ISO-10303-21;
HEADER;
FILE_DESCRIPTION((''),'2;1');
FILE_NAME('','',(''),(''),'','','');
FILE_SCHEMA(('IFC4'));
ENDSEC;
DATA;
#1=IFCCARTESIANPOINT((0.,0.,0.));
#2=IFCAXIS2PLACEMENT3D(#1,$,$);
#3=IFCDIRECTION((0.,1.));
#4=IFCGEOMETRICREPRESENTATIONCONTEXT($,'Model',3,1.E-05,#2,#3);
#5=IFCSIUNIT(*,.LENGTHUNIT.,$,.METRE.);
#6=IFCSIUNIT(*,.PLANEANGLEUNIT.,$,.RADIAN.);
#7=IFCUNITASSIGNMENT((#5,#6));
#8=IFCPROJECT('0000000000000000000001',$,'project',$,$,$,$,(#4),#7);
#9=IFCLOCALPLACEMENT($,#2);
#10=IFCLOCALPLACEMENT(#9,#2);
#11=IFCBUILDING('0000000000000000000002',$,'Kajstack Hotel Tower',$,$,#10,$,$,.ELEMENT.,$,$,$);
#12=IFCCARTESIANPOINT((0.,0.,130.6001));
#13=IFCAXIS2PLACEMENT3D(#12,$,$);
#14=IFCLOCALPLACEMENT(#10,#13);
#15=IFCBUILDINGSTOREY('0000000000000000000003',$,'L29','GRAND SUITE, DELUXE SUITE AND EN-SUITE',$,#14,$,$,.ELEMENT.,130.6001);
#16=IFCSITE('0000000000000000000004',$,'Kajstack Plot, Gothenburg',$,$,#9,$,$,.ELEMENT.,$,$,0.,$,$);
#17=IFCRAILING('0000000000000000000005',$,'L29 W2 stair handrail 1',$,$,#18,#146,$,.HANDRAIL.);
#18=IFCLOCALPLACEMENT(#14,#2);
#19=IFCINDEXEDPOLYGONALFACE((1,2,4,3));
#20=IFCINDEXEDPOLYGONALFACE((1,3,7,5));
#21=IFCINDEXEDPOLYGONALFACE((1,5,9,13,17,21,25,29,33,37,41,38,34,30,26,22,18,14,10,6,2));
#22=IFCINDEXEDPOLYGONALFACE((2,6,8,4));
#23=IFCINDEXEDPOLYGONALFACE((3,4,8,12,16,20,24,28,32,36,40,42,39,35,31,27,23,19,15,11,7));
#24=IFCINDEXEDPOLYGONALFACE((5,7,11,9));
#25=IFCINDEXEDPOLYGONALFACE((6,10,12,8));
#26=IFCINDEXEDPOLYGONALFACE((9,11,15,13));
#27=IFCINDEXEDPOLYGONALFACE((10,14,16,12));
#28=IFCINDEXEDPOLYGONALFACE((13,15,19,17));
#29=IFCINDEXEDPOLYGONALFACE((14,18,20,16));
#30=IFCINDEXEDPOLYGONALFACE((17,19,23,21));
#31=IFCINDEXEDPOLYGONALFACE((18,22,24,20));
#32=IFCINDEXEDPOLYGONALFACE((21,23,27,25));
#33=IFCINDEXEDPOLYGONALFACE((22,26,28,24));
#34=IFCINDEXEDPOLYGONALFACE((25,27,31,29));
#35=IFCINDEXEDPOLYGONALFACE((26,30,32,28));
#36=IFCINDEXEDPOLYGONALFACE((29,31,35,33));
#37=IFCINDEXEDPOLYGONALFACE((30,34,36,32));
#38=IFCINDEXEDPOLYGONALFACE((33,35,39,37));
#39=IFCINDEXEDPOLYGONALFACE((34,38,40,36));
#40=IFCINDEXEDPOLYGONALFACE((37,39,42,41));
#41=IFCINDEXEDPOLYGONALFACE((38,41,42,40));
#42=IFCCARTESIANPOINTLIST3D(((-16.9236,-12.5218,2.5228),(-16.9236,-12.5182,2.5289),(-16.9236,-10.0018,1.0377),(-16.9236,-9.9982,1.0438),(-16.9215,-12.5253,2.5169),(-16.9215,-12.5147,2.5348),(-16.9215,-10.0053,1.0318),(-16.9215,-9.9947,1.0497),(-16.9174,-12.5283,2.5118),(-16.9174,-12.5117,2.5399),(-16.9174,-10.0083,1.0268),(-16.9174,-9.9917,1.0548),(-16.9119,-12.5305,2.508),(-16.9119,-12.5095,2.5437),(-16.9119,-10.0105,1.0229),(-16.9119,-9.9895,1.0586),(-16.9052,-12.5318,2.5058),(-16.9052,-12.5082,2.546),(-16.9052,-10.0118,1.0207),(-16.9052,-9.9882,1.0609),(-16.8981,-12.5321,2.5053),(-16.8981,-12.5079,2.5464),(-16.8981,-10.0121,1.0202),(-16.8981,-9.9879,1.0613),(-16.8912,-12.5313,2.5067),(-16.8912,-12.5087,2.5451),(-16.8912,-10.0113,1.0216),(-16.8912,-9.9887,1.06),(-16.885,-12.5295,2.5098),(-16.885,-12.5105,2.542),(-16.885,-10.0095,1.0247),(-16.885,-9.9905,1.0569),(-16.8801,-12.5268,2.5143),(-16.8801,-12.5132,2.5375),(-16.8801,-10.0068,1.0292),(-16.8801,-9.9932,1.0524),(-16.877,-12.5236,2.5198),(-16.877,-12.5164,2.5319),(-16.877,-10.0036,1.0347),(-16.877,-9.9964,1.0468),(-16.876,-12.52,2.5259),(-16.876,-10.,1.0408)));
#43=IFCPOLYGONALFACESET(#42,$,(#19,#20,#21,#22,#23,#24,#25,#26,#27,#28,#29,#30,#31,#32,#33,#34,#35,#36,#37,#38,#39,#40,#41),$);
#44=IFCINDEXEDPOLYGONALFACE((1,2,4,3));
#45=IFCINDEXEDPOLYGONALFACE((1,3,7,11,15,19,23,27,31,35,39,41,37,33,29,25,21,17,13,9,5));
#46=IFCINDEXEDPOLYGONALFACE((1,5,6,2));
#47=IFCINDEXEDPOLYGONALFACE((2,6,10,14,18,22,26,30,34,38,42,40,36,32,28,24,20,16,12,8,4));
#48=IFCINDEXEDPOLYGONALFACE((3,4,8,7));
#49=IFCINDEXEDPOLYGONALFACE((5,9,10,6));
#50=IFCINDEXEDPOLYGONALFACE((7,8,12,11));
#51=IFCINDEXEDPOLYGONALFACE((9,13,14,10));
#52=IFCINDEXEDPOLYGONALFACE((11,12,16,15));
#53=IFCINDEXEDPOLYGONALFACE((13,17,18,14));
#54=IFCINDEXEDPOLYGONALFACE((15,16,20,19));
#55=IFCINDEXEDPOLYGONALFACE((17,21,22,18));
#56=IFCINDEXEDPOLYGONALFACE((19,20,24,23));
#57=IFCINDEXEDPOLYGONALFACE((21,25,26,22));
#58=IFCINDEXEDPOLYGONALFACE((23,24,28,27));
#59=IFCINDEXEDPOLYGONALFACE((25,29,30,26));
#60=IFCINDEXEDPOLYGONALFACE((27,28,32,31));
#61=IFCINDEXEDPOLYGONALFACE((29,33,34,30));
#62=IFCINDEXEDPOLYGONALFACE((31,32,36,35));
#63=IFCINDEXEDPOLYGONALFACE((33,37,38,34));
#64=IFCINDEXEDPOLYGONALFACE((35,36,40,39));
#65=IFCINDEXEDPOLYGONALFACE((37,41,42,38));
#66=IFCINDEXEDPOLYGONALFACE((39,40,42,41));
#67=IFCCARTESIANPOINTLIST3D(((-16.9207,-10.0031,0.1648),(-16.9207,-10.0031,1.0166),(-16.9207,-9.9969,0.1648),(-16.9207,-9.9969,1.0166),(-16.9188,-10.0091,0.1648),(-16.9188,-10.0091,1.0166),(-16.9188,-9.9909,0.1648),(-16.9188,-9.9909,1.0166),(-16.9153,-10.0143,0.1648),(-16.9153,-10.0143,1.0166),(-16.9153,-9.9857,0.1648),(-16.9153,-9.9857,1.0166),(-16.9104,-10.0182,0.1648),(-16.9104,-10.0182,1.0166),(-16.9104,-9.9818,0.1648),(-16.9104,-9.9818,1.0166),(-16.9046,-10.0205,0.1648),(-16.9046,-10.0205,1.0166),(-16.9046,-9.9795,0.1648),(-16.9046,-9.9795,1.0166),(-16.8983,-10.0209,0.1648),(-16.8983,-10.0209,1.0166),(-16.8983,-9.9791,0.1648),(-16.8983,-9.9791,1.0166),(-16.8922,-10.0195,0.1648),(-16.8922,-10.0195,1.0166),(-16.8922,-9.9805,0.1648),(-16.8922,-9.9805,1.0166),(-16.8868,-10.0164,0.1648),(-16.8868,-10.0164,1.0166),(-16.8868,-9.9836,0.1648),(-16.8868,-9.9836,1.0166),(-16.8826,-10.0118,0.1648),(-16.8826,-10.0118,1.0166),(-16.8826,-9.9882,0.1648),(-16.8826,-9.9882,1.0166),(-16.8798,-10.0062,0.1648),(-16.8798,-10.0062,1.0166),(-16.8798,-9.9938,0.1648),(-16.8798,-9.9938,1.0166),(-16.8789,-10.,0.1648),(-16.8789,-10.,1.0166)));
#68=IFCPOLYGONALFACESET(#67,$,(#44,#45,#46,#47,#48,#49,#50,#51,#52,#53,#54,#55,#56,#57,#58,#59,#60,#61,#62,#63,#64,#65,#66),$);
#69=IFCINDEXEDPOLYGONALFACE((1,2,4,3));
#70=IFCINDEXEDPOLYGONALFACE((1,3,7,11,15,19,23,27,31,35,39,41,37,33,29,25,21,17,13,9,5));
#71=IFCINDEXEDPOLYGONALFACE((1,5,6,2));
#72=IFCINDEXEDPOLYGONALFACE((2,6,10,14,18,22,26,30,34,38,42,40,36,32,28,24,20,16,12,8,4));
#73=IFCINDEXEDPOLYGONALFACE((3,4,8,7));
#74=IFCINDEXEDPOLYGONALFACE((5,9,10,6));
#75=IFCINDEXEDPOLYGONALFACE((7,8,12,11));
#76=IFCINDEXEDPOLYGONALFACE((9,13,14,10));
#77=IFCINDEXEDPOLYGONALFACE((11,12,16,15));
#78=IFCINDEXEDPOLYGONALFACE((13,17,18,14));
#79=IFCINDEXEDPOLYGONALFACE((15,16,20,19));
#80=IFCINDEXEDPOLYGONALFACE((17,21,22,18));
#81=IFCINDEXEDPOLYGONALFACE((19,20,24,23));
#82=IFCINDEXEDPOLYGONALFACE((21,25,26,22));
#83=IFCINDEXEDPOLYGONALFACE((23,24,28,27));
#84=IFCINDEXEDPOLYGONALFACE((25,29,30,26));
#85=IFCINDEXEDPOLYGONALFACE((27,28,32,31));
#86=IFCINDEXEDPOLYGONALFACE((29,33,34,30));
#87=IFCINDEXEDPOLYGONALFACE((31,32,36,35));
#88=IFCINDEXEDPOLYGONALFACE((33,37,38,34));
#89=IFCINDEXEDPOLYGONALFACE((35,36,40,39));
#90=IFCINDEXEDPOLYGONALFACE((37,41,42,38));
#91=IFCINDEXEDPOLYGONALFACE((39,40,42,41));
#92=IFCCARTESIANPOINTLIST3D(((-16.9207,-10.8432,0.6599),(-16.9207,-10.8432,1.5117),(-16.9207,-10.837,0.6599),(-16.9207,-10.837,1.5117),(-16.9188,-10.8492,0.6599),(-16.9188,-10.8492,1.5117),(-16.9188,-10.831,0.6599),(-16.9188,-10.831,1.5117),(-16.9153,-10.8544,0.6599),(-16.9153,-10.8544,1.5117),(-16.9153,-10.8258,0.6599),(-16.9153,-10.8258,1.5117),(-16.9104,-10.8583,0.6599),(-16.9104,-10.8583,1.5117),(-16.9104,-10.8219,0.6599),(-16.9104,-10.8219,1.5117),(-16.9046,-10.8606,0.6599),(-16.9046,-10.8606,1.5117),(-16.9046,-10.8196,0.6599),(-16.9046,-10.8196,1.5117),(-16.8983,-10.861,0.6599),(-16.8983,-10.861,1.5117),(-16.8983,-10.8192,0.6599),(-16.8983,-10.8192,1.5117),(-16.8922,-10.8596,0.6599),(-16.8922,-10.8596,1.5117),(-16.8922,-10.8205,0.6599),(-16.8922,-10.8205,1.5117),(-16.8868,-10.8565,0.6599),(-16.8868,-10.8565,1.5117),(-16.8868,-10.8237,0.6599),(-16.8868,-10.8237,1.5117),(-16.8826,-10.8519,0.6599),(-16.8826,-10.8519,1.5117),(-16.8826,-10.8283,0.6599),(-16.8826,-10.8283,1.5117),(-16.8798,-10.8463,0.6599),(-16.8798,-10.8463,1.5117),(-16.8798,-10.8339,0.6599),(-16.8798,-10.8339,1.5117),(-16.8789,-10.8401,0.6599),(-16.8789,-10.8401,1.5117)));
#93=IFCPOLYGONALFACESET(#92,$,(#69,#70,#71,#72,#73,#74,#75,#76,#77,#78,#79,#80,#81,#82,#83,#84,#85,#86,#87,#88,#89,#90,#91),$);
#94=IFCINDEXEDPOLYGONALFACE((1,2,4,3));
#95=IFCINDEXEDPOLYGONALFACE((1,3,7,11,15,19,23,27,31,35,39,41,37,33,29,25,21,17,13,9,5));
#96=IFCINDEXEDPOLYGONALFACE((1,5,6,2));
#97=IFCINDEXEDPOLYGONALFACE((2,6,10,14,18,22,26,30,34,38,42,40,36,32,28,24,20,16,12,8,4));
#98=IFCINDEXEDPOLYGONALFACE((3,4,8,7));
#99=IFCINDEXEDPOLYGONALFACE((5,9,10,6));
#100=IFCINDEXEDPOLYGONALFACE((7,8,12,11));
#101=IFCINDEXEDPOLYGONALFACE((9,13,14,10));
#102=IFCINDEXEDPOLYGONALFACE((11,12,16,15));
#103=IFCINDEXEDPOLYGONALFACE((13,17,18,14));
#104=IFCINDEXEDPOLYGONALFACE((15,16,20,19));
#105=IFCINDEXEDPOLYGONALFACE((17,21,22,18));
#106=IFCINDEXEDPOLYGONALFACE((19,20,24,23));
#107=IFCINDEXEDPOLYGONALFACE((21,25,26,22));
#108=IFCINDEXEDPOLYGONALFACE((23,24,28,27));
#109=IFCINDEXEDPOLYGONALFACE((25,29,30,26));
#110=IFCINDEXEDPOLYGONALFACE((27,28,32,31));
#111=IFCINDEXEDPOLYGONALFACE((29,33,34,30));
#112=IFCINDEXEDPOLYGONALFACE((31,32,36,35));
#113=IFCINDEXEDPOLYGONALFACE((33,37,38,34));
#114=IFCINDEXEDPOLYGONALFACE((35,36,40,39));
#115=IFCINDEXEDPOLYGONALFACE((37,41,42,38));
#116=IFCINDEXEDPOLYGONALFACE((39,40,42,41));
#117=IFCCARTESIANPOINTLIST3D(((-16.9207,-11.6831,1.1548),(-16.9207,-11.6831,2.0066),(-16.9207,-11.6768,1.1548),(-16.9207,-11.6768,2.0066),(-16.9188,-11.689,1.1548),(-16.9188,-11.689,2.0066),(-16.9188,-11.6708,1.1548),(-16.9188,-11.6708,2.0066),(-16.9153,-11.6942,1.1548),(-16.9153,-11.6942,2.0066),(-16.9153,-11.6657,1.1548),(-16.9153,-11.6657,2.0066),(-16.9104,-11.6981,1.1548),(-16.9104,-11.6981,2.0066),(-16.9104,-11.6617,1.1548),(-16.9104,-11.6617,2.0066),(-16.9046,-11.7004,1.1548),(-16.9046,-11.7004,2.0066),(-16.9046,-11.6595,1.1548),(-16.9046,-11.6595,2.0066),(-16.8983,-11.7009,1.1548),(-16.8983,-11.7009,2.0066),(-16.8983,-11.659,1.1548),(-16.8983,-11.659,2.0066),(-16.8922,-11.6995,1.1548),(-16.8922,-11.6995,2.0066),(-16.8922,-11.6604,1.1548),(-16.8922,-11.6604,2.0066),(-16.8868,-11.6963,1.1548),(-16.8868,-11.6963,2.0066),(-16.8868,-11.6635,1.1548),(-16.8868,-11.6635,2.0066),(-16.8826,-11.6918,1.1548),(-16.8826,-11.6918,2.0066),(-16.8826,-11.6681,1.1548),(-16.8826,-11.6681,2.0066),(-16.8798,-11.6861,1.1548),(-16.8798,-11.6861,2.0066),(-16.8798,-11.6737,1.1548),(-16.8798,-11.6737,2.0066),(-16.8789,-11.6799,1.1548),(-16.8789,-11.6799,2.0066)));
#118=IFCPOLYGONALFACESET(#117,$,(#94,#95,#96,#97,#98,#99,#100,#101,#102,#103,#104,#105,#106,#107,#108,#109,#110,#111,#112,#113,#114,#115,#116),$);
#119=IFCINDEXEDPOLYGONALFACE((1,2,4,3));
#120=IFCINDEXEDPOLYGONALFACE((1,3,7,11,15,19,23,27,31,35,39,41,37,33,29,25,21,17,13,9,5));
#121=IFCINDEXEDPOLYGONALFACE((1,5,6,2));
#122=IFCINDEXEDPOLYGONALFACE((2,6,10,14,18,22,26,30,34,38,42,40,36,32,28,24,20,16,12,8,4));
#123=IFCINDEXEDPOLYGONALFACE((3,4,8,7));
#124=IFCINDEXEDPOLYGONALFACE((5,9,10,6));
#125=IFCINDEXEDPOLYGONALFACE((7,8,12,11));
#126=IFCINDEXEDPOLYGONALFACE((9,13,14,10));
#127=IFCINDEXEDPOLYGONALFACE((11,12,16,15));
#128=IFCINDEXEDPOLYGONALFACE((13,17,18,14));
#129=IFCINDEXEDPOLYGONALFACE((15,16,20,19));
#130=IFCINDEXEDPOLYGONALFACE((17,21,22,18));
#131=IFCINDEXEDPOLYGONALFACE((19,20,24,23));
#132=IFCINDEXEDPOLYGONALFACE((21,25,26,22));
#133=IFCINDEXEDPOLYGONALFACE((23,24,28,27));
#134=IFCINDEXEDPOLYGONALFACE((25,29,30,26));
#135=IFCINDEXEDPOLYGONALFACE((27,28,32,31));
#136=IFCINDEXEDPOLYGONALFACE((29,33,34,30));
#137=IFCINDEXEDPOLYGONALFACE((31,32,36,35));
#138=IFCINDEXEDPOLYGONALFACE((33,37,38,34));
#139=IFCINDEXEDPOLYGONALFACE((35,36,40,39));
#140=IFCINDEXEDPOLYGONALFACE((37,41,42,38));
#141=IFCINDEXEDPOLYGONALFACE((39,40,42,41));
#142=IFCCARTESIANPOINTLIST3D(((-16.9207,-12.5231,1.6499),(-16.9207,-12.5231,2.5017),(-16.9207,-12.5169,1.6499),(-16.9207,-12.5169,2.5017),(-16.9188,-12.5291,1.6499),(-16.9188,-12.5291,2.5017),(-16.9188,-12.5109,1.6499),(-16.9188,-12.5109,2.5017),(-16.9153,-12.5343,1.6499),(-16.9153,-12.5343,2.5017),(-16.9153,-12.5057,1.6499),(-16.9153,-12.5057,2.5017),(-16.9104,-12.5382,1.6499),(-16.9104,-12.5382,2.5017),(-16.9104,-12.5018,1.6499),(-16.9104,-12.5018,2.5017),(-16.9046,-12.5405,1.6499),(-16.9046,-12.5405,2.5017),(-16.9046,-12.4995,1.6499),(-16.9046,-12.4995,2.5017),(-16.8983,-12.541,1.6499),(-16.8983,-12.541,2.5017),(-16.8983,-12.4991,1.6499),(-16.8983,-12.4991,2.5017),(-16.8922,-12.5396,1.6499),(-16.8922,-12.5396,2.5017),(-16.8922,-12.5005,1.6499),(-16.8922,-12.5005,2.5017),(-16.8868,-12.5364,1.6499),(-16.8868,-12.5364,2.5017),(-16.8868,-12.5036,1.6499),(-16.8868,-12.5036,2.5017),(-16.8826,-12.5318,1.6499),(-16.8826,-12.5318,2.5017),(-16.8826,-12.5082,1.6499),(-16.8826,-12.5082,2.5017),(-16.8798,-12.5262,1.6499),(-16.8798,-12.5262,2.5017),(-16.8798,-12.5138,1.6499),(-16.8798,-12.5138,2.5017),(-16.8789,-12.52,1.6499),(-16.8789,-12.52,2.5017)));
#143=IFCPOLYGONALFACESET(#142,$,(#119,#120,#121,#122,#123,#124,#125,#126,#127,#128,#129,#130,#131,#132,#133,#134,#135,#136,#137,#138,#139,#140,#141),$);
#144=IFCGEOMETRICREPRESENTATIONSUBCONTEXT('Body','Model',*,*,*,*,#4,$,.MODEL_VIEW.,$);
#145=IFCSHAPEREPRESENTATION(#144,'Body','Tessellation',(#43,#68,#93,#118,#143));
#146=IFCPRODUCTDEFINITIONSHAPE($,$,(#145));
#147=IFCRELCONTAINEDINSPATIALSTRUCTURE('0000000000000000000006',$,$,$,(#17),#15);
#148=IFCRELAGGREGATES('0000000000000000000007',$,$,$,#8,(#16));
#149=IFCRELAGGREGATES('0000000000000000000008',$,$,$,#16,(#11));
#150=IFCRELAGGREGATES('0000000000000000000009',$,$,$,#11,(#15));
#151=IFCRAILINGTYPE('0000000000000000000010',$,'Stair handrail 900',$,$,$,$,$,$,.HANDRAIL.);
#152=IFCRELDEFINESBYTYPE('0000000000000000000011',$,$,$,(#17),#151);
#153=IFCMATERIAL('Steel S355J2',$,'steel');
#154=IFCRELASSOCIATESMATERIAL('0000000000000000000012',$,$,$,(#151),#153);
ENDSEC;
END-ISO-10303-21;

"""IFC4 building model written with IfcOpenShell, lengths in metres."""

from ifc_helpers import new_model, si_unit, direction, frame, origin, origin_2d, place, context, subcontext, project, spatial, circle, extrude, material, type_object, element, save


model = new_model("IFC4")

# Units and contexts
model_context = context("Model", 3, precision=1e-05, world=origin(), true_north=direction((0.0, 1.0)))
body_context = subcontext(model_context, "Body", "Model", "MODEL_VIEW")
ifc_project = project(units=[si_unit("LENGTHUNIT", "METRE"), si_unit("PLANEANGLEUNIT", "RADIAN")], contexts=[model_context])

# Site, building, storey
site_placement = place(None, origin())
site = spatial("IfcSite", under=ifc_project, at=site_placement, Name="Kajstack Plot, Gothenburg", CompositionType="ELEMENT", RefElevation=0.0)
building_placement = place(site_placement, origin())
building = spatial("IfcBuilding", under=site, at=building_placement, Name="Kajstack Hotel Tower", CompositionType="ELEMENT")
storey_placement = place(building_placement, frame((0.0, 0.0, 130.6001)))
storey = spatial("IfcBuildingStorey", under=building, at=storey_placement, Name="L29", Description="GRAND SUITE, DELUXE SUITE AND EN-SUITE", CompositionType="ELEMENT", Elevation=130.6001)

# Railing
ifc_material_1 = material(Name="Steel S355J2", Category="steel")
railing_type_1 = type_object("IfcRailingType", Name="Stair handrail 900", PredefinedType="HANDRAIL", material=ifc_material_1)
railing_1_placement = place(storey_placement, frame((-16.8999, -10.0, 0.1648)))
element("IfcRailing", 1, at=railing_1_placement, inside=storey, type_object=railing_type_1, Name="L29 W2 stair handrail 1", PredefinedType="HANDRAIL", context=body_context, shape_type="SweptSolid", body=[
    extrude(circle(Radius=0.0239, at=origin_2d()), frame((0.0, 0.0, 0.876), z_axis=(0.0, -0.861524, 0.507717), x_axis=(1.0, 0.0, 0.0)), (0.0, 0.0, 1.0), 2.925),
    extrude(circle(Radius=0.021, at=origin_2d()), origin(), (0.0, 0.0, 1.0), 0.8518),
    extrude(circle(Radius=0.021, at=origin_2d()), frame((0.0, -0.8401, 0.4951)), (0.0, 0.0, 1.0), 0.8518),
    extrude(circle(Radius=0.021, at=origin_2d()), frame((0.0, -1.6799, 0.99)), (0.0, 0.0, 1.0), 0.8518),
    extrude(circle(Radius=0.021, at=origin_2d()), frame((0.0, -2.52, 1.4851)), (0.0, 0.0, 1.0), 0.8518),
])

save(model, "model.ifc")
